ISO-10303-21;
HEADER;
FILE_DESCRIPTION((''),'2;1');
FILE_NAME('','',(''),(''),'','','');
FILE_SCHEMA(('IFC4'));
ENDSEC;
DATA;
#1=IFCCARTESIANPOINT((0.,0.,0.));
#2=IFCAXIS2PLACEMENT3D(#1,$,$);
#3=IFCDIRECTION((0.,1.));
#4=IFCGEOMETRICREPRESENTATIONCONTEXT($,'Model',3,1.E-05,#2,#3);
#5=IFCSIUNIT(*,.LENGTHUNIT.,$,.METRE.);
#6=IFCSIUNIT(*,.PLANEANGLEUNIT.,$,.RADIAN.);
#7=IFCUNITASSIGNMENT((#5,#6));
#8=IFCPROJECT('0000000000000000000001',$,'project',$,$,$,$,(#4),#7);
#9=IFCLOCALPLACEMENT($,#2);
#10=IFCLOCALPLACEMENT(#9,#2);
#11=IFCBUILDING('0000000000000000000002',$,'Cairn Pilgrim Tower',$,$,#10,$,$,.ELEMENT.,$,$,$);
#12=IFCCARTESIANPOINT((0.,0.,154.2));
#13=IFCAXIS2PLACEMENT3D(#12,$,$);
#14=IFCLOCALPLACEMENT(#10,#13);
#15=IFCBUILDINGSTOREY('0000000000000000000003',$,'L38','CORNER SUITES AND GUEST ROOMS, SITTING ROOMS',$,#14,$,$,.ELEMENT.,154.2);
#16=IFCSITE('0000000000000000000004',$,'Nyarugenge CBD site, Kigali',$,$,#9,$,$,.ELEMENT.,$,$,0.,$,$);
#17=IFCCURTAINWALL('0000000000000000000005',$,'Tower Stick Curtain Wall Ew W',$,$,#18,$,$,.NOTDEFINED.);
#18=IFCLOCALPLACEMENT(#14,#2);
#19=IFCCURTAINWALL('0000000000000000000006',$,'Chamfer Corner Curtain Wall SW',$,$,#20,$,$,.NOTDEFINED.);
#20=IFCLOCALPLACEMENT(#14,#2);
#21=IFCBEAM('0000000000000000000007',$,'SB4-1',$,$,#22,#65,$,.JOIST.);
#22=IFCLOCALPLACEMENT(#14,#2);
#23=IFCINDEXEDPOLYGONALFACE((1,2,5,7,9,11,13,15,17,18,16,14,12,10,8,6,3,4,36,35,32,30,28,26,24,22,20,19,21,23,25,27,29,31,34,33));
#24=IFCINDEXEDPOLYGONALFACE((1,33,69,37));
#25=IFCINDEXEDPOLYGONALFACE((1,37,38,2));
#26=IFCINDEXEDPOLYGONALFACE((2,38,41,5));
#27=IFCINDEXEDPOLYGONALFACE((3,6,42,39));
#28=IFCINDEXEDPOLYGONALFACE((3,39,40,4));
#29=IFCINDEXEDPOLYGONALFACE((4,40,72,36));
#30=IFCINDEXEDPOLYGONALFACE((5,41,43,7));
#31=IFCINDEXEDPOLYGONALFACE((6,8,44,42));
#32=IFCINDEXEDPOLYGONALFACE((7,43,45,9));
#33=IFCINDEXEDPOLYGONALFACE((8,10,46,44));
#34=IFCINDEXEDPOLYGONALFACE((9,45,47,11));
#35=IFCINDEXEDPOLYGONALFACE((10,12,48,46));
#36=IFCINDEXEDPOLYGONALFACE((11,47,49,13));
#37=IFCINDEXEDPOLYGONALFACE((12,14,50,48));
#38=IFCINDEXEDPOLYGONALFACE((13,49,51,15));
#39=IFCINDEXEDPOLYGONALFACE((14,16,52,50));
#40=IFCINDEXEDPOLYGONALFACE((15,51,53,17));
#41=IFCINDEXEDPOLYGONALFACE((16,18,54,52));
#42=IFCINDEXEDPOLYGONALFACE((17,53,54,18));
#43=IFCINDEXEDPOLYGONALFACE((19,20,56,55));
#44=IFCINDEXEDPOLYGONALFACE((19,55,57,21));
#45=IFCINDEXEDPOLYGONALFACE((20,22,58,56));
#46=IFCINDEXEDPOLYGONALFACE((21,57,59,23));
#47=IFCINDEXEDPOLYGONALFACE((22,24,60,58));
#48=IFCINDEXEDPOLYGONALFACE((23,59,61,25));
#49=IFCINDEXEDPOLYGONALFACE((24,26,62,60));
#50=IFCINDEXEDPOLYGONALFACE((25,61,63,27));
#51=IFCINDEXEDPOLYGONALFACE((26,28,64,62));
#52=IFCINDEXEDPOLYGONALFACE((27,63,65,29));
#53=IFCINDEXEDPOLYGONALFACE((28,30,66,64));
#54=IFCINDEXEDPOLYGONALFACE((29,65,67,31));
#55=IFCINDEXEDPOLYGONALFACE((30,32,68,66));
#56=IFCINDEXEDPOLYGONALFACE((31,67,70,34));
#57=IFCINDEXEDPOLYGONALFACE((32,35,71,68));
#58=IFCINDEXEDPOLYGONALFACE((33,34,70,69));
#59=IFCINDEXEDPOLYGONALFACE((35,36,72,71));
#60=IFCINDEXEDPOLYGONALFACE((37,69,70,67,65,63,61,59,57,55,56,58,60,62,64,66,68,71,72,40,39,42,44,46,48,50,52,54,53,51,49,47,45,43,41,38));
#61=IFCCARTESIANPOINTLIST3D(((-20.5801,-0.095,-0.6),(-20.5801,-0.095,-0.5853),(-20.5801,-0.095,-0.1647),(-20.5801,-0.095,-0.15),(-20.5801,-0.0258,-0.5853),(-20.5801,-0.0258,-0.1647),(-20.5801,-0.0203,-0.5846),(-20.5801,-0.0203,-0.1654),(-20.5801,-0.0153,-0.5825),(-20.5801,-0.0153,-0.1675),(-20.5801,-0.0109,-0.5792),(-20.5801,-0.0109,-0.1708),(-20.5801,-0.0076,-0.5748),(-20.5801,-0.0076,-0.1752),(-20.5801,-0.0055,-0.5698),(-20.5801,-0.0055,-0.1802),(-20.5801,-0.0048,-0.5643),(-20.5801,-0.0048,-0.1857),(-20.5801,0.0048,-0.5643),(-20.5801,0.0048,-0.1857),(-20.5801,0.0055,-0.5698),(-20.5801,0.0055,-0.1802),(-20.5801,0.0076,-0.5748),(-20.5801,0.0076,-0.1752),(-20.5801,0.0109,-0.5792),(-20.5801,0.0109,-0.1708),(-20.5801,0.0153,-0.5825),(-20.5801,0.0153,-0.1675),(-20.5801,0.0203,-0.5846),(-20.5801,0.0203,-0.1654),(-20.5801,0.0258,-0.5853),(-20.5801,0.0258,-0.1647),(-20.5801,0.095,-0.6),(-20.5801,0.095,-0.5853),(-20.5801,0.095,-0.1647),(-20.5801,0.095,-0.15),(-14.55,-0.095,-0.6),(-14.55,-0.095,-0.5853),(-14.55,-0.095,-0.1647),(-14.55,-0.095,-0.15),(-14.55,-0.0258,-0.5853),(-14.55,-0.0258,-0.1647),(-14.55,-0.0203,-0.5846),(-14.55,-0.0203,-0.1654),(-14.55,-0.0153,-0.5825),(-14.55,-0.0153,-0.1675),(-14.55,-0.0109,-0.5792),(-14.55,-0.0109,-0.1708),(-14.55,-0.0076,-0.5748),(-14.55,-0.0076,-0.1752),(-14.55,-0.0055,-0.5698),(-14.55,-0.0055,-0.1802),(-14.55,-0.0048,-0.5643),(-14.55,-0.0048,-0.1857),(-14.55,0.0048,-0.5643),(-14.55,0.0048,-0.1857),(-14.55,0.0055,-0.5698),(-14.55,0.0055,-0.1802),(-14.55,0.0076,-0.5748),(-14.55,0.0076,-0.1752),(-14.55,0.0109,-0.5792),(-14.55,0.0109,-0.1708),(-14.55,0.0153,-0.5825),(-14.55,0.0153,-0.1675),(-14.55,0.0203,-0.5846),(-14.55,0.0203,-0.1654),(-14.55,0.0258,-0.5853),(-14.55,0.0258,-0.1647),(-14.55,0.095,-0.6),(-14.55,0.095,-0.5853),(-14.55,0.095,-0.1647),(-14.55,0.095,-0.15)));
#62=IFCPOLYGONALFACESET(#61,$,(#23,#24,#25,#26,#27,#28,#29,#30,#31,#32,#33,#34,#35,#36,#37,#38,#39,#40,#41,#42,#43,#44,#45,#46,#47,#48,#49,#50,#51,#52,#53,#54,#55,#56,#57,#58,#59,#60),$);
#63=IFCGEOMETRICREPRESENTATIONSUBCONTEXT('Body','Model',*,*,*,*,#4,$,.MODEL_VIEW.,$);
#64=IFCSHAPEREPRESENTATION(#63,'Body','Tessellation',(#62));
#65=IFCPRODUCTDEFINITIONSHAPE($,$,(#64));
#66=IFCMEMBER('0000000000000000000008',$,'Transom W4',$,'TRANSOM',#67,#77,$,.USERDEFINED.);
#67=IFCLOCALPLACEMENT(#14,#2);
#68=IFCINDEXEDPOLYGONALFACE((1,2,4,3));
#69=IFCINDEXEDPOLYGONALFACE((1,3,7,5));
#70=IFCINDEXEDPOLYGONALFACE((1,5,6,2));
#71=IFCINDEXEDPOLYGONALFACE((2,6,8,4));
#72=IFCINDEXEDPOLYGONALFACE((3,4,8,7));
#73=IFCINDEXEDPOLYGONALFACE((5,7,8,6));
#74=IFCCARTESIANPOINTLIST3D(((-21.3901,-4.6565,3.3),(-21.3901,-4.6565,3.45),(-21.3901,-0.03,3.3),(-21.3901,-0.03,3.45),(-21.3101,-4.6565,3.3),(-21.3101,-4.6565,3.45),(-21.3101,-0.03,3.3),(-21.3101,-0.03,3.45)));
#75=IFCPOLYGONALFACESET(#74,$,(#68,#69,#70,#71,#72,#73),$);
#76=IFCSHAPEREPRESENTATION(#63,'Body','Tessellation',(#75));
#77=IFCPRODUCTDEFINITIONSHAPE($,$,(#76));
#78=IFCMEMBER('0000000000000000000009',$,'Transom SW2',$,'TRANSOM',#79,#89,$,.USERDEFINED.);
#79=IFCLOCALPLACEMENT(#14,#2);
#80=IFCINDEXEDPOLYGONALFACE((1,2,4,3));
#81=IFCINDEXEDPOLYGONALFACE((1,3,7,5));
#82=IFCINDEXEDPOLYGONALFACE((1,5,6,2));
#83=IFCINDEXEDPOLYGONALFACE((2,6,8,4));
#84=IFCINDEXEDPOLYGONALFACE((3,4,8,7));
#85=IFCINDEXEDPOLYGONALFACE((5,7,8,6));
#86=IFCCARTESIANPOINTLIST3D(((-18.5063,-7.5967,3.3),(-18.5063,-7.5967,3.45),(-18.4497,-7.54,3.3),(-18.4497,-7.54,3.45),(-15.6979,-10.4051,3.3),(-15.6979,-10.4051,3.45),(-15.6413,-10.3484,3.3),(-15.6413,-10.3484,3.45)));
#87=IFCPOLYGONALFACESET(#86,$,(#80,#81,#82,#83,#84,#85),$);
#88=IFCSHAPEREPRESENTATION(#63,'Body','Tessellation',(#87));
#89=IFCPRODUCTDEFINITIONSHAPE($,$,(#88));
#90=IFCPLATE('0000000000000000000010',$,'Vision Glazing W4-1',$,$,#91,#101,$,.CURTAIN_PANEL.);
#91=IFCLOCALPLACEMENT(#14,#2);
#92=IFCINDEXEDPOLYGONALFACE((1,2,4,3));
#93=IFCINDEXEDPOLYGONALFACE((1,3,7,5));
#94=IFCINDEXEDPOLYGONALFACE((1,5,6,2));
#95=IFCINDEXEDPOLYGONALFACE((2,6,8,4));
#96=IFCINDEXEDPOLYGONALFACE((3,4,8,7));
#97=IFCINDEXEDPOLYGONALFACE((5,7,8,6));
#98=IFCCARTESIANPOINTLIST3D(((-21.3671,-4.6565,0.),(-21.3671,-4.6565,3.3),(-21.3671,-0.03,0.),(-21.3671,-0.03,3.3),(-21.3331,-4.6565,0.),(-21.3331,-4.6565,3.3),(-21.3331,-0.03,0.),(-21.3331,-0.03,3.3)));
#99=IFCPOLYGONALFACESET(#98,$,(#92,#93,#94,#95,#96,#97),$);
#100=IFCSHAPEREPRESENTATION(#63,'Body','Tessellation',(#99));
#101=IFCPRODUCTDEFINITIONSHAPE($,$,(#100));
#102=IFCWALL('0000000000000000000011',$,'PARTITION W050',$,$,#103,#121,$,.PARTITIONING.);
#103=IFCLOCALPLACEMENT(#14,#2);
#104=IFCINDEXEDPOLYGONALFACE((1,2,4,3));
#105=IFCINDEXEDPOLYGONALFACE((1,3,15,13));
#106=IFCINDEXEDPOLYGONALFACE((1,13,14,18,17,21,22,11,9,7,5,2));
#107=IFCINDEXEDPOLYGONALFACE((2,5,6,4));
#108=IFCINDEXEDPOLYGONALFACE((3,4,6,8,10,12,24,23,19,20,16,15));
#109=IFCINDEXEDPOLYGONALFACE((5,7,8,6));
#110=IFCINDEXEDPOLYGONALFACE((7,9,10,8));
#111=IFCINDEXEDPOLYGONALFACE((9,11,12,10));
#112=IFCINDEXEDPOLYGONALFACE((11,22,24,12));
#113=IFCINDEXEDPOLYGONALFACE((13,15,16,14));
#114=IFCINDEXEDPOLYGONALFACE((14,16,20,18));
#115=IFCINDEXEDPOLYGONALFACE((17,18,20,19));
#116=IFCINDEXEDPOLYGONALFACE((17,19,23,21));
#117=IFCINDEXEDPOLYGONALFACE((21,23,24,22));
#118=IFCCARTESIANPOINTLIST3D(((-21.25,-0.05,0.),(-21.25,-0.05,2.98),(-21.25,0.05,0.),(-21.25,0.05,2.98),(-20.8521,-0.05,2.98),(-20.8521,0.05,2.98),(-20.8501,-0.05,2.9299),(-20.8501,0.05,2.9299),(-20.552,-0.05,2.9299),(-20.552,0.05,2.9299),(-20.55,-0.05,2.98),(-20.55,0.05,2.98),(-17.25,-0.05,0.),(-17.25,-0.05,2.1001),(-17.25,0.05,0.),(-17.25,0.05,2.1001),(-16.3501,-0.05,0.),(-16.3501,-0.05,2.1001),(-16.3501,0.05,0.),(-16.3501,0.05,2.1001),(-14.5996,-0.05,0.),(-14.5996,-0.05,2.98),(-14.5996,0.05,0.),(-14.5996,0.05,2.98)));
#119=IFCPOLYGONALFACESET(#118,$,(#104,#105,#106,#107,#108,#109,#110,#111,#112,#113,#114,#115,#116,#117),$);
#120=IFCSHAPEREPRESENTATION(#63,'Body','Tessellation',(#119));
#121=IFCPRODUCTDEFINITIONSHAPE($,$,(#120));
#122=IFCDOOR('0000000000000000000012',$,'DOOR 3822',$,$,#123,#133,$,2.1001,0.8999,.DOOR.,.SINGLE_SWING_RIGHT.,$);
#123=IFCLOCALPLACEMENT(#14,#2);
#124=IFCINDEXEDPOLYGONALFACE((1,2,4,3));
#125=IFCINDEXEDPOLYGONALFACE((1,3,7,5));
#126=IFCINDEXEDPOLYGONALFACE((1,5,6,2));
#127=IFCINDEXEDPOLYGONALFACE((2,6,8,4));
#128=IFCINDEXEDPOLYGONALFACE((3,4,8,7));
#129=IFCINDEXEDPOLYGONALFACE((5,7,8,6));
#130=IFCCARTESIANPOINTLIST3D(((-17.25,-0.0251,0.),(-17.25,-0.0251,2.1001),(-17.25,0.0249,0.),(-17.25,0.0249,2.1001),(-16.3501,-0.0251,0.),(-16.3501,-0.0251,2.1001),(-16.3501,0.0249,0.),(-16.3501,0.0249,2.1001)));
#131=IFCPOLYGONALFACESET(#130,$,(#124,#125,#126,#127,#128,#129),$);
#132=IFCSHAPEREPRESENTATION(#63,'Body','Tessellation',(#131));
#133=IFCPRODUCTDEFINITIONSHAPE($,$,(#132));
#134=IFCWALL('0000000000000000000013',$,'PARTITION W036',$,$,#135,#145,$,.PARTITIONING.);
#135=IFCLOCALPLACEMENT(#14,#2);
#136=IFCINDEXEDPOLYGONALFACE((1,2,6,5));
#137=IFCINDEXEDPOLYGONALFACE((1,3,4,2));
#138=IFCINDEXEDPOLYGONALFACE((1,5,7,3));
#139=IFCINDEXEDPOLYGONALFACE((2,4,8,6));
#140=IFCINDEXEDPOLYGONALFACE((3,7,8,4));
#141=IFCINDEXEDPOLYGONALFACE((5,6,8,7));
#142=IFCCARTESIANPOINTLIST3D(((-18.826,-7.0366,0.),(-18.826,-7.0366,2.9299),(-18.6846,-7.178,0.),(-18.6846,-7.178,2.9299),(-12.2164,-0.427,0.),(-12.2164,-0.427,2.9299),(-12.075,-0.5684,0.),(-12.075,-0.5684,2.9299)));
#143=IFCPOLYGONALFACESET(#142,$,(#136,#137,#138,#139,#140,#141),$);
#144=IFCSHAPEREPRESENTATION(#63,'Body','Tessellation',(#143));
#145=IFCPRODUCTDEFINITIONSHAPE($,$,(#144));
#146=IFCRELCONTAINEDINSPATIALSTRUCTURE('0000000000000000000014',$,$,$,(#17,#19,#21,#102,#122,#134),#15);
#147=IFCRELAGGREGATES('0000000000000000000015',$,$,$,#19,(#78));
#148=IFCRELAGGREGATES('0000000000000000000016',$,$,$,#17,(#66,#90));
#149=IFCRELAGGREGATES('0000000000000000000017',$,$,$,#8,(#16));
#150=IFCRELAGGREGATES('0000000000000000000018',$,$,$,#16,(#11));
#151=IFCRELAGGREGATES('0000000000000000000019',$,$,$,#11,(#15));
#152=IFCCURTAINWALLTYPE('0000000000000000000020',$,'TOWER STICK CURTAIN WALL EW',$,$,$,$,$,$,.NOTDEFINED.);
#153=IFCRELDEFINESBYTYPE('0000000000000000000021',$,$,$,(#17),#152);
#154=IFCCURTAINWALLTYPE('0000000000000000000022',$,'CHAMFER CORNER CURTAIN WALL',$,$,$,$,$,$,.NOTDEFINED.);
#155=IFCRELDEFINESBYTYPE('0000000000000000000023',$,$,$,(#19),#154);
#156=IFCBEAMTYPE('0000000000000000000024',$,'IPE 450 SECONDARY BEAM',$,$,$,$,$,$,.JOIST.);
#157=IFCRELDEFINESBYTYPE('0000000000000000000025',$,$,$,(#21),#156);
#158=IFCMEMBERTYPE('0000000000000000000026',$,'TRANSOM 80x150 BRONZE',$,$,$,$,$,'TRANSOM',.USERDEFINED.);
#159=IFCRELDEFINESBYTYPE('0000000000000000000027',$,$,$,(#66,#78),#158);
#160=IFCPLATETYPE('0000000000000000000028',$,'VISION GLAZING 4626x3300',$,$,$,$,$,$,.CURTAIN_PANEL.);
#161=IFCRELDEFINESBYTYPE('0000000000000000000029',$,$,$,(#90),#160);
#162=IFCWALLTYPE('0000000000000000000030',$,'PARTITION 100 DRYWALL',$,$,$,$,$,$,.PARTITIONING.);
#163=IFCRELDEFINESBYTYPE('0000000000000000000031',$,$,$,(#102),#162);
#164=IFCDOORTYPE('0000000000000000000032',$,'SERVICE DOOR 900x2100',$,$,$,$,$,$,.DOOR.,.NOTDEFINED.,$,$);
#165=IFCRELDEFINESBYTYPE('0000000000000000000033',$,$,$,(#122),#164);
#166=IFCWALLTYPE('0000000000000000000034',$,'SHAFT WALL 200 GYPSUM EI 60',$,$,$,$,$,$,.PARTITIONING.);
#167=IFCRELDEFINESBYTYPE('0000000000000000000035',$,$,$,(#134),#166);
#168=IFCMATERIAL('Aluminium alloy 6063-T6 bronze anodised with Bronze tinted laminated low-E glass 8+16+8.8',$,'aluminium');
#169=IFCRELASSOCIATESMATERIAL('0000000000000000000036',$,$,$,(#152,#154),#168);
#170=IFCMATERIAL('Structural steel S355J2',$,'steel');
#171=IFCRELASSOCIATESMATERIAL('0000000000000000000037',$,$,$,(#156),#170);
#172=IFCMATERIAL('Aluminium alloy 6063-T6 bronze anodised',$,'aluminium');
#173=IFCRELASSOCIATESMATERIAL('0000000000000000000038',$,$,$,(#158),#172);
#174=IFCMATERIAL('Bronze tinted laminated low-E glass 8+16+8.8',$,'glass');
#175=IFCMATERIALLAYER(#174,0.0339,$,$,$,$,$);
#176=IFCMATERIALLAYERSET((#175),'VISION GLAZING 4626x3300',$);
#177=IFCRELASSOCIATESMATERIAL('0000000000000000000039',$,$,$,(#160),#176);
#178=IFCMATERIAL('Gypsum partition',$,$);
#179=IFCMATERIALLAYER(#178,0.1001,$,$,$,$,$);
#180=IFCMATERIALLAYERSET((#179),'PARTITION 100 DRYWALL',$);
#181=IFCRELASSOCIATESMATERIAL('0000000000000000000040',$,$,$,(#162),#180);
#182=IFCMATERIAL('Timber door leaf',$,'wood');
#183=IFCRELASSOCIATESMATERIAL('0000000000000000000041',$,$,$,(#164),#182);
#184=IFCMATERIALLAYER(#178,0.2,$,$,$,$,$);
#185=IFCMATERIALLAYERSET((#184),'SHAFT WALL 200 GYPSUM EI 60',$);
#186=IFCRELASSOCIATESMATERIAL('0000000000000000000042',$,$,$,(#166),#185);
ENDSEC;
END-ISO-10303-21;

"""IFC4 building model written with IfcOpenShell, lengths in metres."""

from ifc_helpers import new_model, si_unit, direction, frame, frame_2d, origin, origin_2d, place, context, subcontext, project, spatial, polyline, rectangle, i_section, outline, extrude, material, layer, layer_set, material_profile, profile_set, type_object, element, fill, aggregate, save


model = new_model("IFC4")

# Units and contexts
model_context = context("Model", 3, precision=1e-05, world=origin(), true_north=direction((0.0, 1.0)))
body_context = subcontext(model_context, "Body", "Model", "MODEL_VIEW")
ifc_project = project(units=[si_unit("LENGTHUNIT", "METRE"), si_unit("PLANEANGLEUNIT", "RADIAN")], contexts=[model_context])

# Site, building, storey
site_placement = place(None, origin())
site = spatial("IfcSite", under=ifc_project, at=site_placement, Name="Nyarugenge CBD site, Kigali", CompositionType="ELEMENT", RefElevation=0.0)
building_placement = place(site_placement, origin())
building = spatial("IfcBuilding", under=site, at=building_placement, Name="Cairn Pilgrim Tower", CompositionType="ELEMENT")
storey_placement = place(building_placement, frame((0.0, 0.0, 154.2)))
storey = spatial("IfcBuildingStorey", under=building, at=storey_placement, Name="L38", Description="CORNER SUITES AND GUEST ROOMS, SITTING ROOMS", CompositionType="ELEMENT", Elevation=154.2)

# Curtain wall
ifc_material_1 = material(Name="Aluminium alloy 6063-T6 bronze anodised with Bronze tinted laminated low-E glass 8+16+8.8", Category="aluminium")
curtain_wall_type_1 = type_object("IfcCurtainWallType", Name="TOWER STICK CURTAIN WALL EW", PredefinedType="NOTDEFINED", material=ifc_material_1)
curtain_wall_1_placement = place(storey_placement, origin())
curtain_wall_1 = element("IfcCurtainWall", 1, at=curtain_wall_1_placement, inside=storey, type_object=curtain_wall_type_1, Name="Tower Stick Curtain Wall Ew W", PredefinedType="NOTDEFINED")
ifc_material_2 = material(Name="Aluminium alloy 6063-T6 bronze anodised", Category="aluminium")

# Curtain wall
curtain_wall_type_2 = type_object("IfcCurtainWallType", Name="CHAMFER CORNER CURTAIN WALL", PredefinedType="NOTDEFINED", material=ifc_material_1)
curtain_wall_2_placement = place(storey_placement, origin())
curtain_wall_2 = element("IfcCurtainWall", 2, at=curtain_wall_2_placement, inside=storey, type_object=curtain_wall_type_2, Name="Chamfer Corner Curtain Wall SW", PredefinedType="NOTDEFINED")

# Beam
ifc_material_3 = material(Name="Structural steel S355J2", Category="steel")
ifc_material_profile_1 = material_profile(ifc_material_3, i_section(OverallWidth=0.1899, OverallDepth=0.45, WebThickness=0.0095, FlangeThickness=0.0146, FilletRadius=0.021, at=origin_2d()), Name="IPE 450")
ifc_profile_set_1 = profile_set([ifc_material_profile_1], Name="Structural steel S355J2")
beam_type_1 = type_object("IfcBeamType", Name="IPE 450 SECONDARY BEAM", PredefinedType="JOIST", material=ifc_profile_set_1)
beam_1_placement = place(storey_placement, frame((-20.5801, 0.0, -0.375), z_axis=(1.0, 0.0, 0.0), x_axis=(0.0, 1.0, 0.0)))
element("IfcBeam", 3, at=beam_1_placement, inside=storey, type_object=beam_type_1, Name="SB4-1", PredefinedType="JOIST", context=body_context, shape_type="SweptSolid", body=[
    extrude(i_section(OverallWidth=0.1899, OverallDepth=0.45, WebThickness=0.0095, FlangeThickness=0.0146, FilletRadius=0.021, at=origin_2d()), origin(), (0.0, 0.0, 1.0), 6.03),
])

# Members
ifc_material_profile_2 = material_profile(ifc_material_2, rectangle(XDim=0.0801, YDim=0.1499, at=origin_2d()), Name="TRANSOM 80x150 BRONZE")
ifc_profile_set_2 = profile_set([ifc_material_profile_2], Name="Aluminium alloy 6063-T6 bronze anodised")
member_type_1 = type_object("IfcMemberType", Name="TRANSOM 80x150 BRONZE", ElementType="TRANSOM", PredefinedType="USERDEFINED", material=ifc_profile_set_2)
member_1_placement = place(storey_placement, frame((-21.3501, -0.03, 3.375), z_axis=(0.0, -1.0, 0.0), x_axis=(1.0, 0.0, 0.0)))
member_1 = element("IfcMember", 4, at=member_1_placement, type_object=member_type_1, Name="Transom W4", ObjectType="TRANSOM", PredefinedType="USERDEFINED", context=body_context, shape_type="SweptSolid", body=[
    extrude(rectangle(XDim=0.0801, YDim=0.1499, at=origin_2d()), origin(), (0.0, 0.0, 1.0), 4.6265),
])
member_2_placement = place(storey_placement, frame((-18.478, -7.5684, 3.375), z_axis=(0.707107, -0.707107, 0.0), x_axis=(0.707107, 0.707107, 0.0)))
member_2 = element("IfcMember", 5, at=member_2_placement, type_object=member_type_1, Name="Transom SW2", ObjectType="TRANSOM", PredefinedType="USERDEFINED", context=body_context, shape_type="SweptSolid", body=[
    extrude(rectangle(XDim=0.0801, YDim=0.1499, at=origin_2d()), origin(), (0.0, 0.0, 1.0), 3.9717),
])
aggregate(curtain_wall_2, [member_2])

# Plate
ifc_material_4 = material(Name="Bronze tinted laminated low-E glass 8+16+8.8", Category="glass")
ifc_layer_1 = layer(ifc_material_4, 0.0339)
ifc_layer_set_1 = layer_set([ifc_layer_1], Name="VISION GLAZING 4626x3300")
plate_type = type_object("IfcPlateType", Name="VISION GLAZING 4626x3300", PredefinedType="CURTAIN_PANEL", material=ifc_layer_set_1)
plate_placement = place(storey_placement, frame((-21.3501, -2.3433, 0.0), z_axis=(0.0, 0.0, 1.0), x_axis=(0.0, -1.0, 0.0)))
plate = element("IfcPlate", 6, at=plate_placement, type_object=plate_type, Name="Vision Glazing W4-1", PredefinedType="CURTAIN_PANEL", context=body_context, shape_type="SweptSolid", body=[
    extrude(rectangle(XDim=4.6265, YDim=0.0339, at=origin_2d()), origin(), (0.0, 0.0, 1.0), 3.3),
])
aggregate(curtain_wall_1, [member_1, plate])

# Wall, opening, door
ifc_material_5 = material(Name="Gypsum partition")
ifc_layer_2 = layer(ifc_material_5, 0.1001)
ifc_layer_set_2 = layer_set([ifc_layer_2], Name="PARTITION 100 DRYWALL")
wall_type_1 = type_object("IfcWallType", Name="PARTITION 100 DRYWALL", PredefinedType="PARTITIONING", material=ifc_layer_set_2)
wall_1_placement = place(storey_placement, frame((-21.25, 0.0, 0.0), z_axis=(0.0, 0.0, 1.0), x_axis=(1.0, 0.0, 0.0)))
wall_1 = element("IfcWall", 7, at=wall_1_placement, inside=storey, type_object=wall_type_1, Name="PARTITION W050", PredefinedType="PARTITIONING", context=body_context, shape_type="SweptSolid", body=[
    extrude(outline(polyline([(0.0, 0.0), (6.6504, 0.0), (6.6504, 2.98), (0.7, 2.98), (0.698, 2.9299), (0.3999, 2.9299), (0.3979, 2.98), (0.0, 2.98), (0.0, 0.0)])), frame((0.0, 0.05, 0.0), z_axis=(0.0, -1.0, 0.0), x_axis=(1.0, 0.0, 0.0)), (0.0, 0.0, 1.0), 0.1001),
])
opening_1_placement = place(wall_1_placement, frame((4.0, 0.0, 0.0)))
opening_1 = element("IfcOpeningElement", 8, at=opening_1_placement, cuts=wall_1, PredefinedType="OPENING", context=body_context, shape_type="SweptSolid", body=[
    extrude(rectangle(XDim=0.8999, YDim=2.1001, at=frame_2d((0.45, 1.05))), frame((0.0, 0.0601, 0.0), z_axis=(0.0, -1.0, 0.0), x_axis=(1.0, 0.0, 0.0)), (0.0, 0.0, 1.0), 0.1201),
])
ifc_material_6 = material(Name="Timber door leaf", Category="wood")
door_type_1 = type_object("IfcDoorType", Name="SERVICE DOOR 900x2100", OperationType="NOTDEFINED", PredefinedType="DOOR", material=ifc_material_6)
door_1_placement = place(opening_1_placement, origin())
door_1 = element("IfcDoor", 9, at=door_1_placement, inside=storey, type_object=door_type_1, Name="DOOR 3822", OperationType="SINGLE_SWING_RIGHT", OverallHeight=2.1001, OverallWidth=0.8999, PredefinedType="DOOR", context=body_context, shape_type="SweptSolid", body=[
    extrude(rectangle(XDim=0.8999, YDim=2.1001, at=frame_2d((0.45, 1.05))), frame((0.0, 0.0249, 0.0), z_axis=(0.0, -1.0, 0.0), x_axis=(1.0, 0.0, 0.0)), (0.0, 0.0, 1.0), 0.05),
])
fill(opening_1, door_1)

# Wall
ifc_layer_3 = layer(ifc_material_5, 0.2)
ifc_layer_set_3 = layer_set([ifc_layer_3], Name="SHAFT WALL 200 GYPSUM EI 60")
wall_type_2 = type_object("IfcWallType", Name="SHAFT WALL 200 GYPSUM EI 60", PredefinedType="PARTITIONING", material=ifc_layer_set_3)
wall_2_placement = place(storey_placement, frame((-18.7554, -7.1074, 0.0), z_axis=(0.0, 0.0, 1.0), x_axis=(0.707107, 0.707107, 0.0)))
element("IfcWall", 10, at=wall_2_placement, inside=storey, type_object=wall_type_2, Name="PARTITION W036", PredefinedType="PARTITIONING", context=body_context, shape_type="SweptSolid", body=[
    extrude(rectangle(XDim=9.3474, YDim=0.2, at=frame_2d((4.6738, 0.0))), origin(), (0.0, 0.0, 1.0), 2.9299),
])

save(model, "model.ifc")
